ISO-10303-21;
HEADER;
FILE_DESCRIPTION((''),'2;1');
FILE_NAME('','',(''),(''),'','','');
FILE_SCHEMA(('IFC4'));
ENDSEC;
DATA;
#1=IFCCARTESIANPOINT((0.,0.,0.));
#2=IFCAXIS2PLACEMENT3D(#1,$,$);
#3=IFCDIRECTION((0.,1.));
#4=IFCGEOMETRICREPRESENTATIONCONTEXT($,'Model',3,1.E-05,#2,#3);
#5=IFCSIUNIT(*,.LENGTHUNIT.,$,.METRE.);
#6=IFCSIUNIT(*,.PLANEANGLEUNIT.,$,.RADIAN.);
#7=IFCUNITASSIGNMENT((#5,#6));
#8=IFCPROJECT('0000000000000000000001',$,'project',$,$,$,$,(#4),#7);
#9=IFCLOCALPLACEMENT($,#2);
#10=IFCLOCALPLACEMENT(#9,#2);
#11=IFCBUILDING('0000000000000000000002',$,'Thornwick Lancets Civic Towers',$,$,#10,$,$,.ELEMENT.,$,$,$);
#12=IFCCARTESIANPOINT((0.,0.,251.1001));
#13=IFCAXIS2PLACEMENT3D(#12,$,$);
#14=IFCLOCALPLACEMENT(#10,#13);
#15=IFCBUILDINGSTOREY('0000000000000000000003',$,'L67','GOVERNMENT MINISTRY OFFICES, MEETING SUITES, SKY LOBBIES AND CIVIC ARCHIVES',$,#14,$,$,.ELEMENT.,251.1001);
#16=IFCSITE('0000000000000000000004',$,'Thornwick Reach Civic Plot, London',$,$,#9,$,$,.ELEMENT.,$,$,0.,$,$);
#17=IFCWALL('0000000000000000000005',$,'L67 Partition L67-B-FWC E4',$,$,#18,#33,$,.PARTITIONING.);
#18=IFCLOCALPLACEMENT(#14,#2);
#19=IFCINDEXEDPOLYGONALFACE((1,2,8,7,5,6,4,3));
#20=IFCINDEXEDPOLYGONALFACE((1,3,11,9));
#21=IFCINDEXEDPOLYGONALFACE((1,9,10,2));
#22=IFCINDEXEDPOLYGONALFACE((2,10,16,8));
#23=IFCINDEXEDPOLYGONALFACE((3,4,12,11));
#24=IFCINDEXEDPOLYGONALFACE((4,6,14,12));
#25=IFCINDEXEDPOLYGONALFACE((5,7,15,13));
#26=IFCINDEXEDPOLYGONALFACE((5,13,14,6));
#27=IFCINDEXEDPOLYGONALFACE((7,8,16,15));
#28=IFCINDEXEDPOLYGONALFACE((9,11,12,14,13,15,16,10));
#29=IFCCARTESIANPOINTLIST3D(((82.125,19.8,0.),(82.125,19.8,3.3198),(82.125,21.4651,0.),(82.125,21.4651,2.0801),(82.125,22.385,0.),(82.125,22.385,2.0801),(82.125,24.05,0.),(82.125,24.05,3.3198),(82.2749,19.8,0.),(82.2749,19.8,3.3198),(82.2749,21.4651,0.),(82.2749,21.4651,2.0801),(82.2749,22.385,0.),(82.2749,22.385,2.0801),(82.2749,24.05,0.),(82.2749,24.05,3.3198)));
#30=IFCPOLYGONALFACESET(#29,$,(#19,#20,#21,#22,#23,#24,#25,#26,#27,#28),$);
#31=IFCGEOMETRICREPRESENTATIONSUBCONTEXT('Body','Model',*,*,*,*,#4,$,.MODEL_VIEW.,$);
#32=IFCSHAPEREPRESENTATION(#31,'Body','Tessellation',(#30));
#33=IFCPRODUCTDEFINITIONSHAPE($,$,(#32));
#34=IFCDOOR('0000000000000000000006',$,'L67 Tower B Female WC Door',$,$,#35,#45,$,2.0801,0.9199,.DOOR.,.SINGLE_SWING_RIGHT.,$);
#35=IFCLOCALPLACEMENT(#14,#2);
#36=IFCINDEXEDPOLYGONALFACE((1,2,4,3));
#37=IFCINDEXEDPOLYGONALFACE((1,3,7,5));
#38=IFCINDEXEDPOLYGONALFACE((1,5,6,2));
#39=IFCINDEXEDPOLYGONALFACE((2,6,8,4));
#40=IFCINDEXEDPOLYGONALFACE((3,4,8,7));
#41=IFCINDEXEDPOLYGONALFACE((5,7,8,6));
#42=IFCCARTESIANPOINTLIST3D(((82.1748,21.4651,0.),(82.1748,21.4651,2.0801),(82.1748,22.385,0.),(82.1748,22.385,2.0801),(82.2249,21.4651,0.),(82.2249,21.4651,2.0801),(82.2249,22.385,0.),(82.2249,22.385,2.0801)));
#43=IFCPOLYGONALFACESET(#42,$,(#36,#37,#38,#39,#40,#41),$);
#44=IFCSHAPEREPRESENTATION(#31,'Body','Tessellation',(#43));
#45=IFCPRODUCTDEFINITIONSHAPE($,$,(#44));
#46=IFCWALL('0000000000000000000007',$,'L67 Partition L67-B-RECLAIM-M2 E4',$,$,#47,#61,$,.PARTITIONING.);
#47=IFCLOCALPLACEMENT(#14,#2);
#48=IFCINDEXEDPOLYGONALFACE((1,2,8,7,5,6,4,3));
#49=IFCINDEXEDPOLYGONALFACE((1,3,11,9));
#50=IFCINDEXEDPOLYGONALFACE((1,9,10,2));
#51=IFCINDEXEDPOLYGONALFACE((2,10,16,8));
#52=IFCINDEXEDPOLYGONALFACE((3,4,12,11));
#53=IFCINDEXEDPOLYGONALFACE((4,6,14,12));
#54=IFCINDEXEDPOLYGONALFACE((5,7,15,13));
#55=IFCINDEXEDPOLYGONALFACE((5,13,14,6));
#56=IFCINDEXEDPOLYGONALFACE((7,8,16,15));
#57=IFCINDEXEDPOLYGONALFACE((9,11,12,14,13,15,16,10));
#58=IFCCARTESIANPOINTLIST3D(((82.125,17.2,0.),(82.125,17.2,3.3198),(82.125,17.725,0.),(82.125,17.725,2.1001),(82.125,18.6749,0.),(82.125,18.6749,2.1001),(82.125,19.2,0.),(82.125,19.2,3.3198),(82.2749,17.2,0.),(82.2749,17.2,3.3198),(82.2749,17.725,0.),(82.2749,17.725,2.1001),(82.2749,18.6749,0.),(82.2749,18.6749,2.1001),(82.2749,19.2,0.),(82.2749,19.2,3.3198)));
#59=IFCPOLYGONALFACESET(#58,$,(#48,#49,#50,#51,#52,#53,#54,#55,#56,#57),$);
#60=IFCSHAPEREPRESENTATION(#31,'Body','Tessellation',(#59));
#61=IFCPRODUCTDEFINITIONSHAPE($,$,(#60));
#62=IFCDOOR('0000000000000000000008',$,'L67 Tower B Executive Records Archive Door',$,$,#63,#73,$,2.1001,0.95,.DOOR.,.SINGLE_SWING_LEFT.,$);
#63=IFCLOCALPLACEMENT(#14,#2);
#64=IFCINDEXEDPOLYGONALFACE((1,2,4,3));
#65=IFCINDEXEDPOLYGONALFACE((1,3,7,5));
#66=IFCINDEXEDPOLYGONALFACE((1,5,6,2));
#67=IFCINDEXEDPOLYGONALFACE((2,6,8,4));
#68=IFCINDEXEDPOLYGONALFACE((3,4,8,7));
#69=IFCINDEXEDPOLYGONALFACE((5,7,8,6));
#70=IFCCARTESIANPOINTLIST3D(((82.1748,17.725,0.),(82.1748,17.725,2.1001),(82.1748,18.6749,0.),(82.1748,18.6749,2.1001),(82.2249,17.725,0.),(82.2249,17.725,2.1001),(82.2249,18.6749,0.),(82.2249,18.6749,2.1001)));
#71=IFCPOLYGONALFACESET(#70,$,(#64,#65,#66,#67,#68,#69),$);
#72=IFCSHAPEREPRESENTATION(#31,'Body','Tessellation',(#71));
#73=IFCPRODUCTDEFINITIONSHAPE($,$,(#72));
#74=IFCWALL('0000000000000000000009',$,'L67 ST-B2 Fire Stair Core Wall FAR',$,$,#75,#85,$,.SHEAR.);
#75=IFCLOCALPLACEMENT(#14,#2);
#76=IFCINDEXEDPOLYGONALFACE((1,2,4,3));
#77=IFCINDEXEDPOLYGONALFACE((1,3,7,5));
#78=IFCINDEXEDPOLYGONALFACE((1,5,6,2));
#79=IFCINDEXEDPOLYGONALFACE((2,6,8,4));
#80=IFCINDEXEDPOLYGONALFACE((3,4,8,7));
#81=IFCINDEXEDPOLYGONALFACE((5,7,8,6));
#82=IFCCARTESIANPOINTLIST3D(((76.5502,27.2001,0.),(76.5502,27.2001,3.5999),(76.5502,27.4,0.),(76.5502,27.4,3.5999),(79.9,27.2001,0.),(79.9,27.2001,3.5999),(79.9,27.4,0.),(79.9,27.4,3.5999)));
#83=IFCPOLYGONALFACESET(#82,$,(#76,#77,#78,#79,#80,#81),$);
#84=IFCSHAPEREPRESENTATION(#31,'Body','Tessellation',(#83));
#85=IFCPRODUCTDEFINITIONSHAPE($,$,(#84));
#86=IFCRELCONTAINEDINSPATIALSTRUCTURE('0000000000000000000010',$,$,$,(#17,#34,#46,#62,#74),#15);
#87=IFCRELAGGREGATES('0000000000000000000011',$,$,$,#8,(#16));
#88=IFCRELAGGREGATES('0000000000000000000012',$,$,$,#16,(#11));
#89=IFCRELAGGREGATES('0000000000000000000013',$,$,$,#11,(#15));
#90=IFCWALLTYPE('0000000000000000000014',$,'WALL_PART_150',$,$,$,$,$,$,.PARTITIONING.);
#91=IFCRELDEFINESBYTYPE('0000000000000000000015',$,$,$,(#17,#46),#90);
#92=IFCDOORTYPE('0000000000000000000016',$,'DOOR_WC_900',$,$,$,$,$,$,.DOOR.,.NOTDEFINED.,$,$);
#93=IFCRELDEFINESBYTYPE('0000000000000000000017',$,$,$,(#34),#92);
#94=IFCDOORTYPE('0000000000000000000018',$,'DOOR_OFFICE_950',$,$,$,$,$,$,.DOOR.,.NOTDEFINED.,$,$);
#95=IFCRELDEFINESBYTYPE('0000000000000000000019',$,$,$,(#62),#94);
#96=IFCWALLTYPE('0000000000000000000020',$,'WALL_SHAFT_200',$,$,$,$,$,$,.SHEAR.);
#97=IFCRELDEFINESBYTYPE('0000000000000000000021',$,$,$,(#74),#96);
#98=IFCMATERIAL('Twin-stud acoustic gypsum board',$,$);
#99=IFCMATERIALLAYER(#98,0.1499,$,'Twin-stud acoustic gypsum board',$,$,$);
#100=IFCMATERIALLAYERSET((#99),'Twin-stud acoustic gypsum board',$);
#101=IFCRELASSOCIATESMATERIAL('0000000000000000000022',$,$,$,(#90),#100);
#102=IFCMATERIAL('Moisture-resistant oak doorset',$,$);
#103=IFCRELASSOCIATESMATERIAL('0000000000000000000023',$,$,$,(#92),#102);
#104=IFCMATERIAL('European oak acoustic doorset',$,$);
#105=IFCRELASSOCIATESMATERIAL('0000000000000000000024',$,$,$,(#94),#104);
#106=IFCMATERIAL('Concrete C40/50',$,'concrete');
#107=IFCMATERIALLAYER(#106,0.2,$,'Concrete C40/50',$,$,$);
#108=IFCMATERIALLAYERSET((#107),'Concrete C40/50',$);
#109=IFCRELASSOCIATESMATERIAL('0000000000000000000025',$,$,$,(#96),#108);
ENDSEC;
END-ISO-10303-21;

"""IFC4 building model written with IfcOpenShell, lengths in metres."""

from ifc_helpers import new_model, si_unit, direction, frame, frame_2d, origin, place, context, subcontext, project, spatial, rectangle, extrude, material, layer, layer_set, type_object, element, fill, save


model = new_model("IFC4")

# Units and contexts
model_context = context("Model", 3, precision=1e-05, world=origin(), true_north=direction((0.0, 1.0)))
body_context = subcontext(model_context, "Body", "Model", "MODEL_VIEW")
ifc_project = project(units=[si_unit("LENGTHUNIT", "METRE"), si_unit("PLANEANGLEUNIT", "RADIAN")], contexts=[model_context])

# Site, building, storey
site_placement = place(None, origin())
site = spatial("IfcSite", under=ifc_project, at=site_placement, Name="Thornwick Reach Civic Plot, London", CompositionType="ELEMENT", RefElevation=0.0)
building_placement = place(site_placement, origin())
building = spatial("IfcBuilding", under=site, at=building_placement, Name="Thornwick Lancets Civic Towers", CompositionType="ELEMENT")
storey_placement = place(building_placement, frame((0.0, 0.0, 251.1001)))
storey = spatial("IfcBuildingStorey", under=building, at=storey_placement, Name="L67", Description="GOVERNMENT MINISTRY OFFICES, MEETING SUITES, SKY LOBBIES AND CIVIC ARCHIVES", CompositionType="ELEMENT", Elevation=251.1001)

# Shared definitions
ifc_material_1 = material(Name="Twin-stud acoustic gypsum board")
ifc_layer_1 = layer(ifc_material_1, 0.1499, Name="Twin-stud acoustic gypsum board")
ifc_layer_set_1 = layer_set([ifc_layer_1], Name="Twin-stud acoustic gypsum board")
wall_type_1 = type_object("IfcWallType", Name="WALL_PART_150", PredefinedType="PARTITIONING", material=ifc_layer_set_1)

# Walls, openings, doors
wall_1_placement = place(storey_placement, frame((82.2, 24.05, 0.0), z_axis=(0.0, 0.0, 1.0), x_axis=(0.0, -1.0, 0.0)))
wall_1 = element("IfcWall", 1, at=wall_1_placement, inside=storey, type_object=wall_type_1, Name="L67 Partition L67-B-FWC E4", PredefinedType="PARTITIONING", context=body_context, shape_type="SweptSolid", body=[
    extrude(rectangle(XDim=4.25, YDim=0.1499, at=frame_2d((2.125, 0.0))), origin(), (0.0, 0.0, 1.0), 3.3198),
])
opening_1_placement = place(wall_1_placement, frame((1.665, 0.0, 0.0)))
opening_1 = element("IfcOpeningElement", 2, at=opening_1_placement, cuts=wall_1, PredefinedType="OPENING", context=body_context, shape_type="SweptSolid", body=[
    extrude(rectangle(XDim=0.9199, YDim=2.0801, at=frame_2d((0.46, 1.04))), frame((0.0, 0.085, 0.0), z_axis=(0.0, -1.0, 0.0), x_axis=(1.0, 0.0, 0.0)), (0.0, 0.0, 1.0), 0.1699),
])
ifc_material_2 = material(Name="Moisture-resistant oak doorset")
door_type_1 = type_object("IfcDoorType", Name="DOOR_WC_900", OperationType="NOTDEFINED", PredefinedType="DOOR", material=ifc_material_2)
door_1_placement = place(opening_1_placement, origin())
door_1 = element("IfcDoor", 3, at=door_1_placement, inside=storey, type_object=door_type_1, Name="L67 Tower B Female WC Door", OperationType="SINGLE_SWING_RIGHT", OverallHeight=2.0801, OverallWidth=0.9199, PredefinedType="DOOR", context=body_context, shape_type="SweptSolid", body=[
    extrude(rectangle(XDim=0.9199, YDim=2.0801, at=frame_2d((0.46, 1.04))), frame((0.0, 0.0249, 0.0), z_axis=(0.0, -1.0, 0.0), x_axis=(1.0, 0.0, 0.0)), (0.0, 0.0, 1.0), 0.05),
])
fill(opening_1, door_1)
wall_2_placement = place(storey_placement, frame((82.2, 19.2, 0.0), z_axis=(0.0, 0.0, 1.0), x_axis=(0.0, -1.0, 0.0)))
wall_2 = element("IfcWall", 4, at=wall_2_placement, inside=storey, type_object=wall_type_1, Name="L67 Partition L67-B-RECLAIM-M2 E4", PredefinedType="PARTITIONING", context=body_context, shape_type="SweptSolid", body=[
    extrude(rectangle(XDim=2.0, YDim=0.1499, at=frame_2d((1.0, 0.0))), origin(), (0.0, 0.0, 1.0), 3.3198),
])
opening_2_placement = place(wall_2_placement, frame((0.5249, 0.0, 0.0)))
opening_2 = element("IfcOpeningElement", 5, at=opening_2_placement, cuts=wall_2, PredefinedType="OPENING", context=body_context, shape_type="SweptSolid", body=[
    extrude(rectangle(XDim=0.95, YDim=2.1001, at=frame_2d((0.4751, 1.05))), frame((0.0, 0.085, 0.0), z_axis=(0.0, -1.0, 0.0), x_axis=(1.0, 0.0, 0.0)), (0.0, 0.0, 1.0), 0.1699),
])
ifc_material_3 = material(Name="European oak acoustic doorset")
door_type_2 = type_object("IfcDoorType", Name="DOOR_OFFICE_950", OperationType="NOTDEFINED", PredefinedType="DOOR", material=ifc_material_3)
door_2_placement = place(opening_2_placement, origin())
door_2 = element("IfcDoor", 6, at=door_2_placement, inside=storey, type_object=door_type_2, Name="L67 Tower B Executive Records Archive Door", OperationType="SINGLE_SWING_LEFT", OverallHeight=2.1001, OverallWidth=0.95, PredefinedType="DOOR", context=body_context, shape_type="SweptSolid", body=[
    extrude(rectangle(XDim=0.95, YDim=2.1001, at=frame_2d((0.4751, 1.05))), frame((0.0, 0.0249, 0.0), z_axis=(0.0, -1.0, 0.0), x_axis=(1.0, 0.0, 0.0)), (0.0, 0.0, 1.0), 0.05),
])
fill(opening_2, door_2)

# Wall
ifc_material_4 = material(Name="Concrete C40/50", Category="concrete")
ifc_layer_2 = layer(ifc_material_4, 0.2, Name="Concrete C40/50")
ifc_layer_set_2 = layer_set([ifc_layer_2], Name="Concrete C40/50")
wall_type_2 = type_object("IfcWallType", Name="WALL_SHAFT_200", PredefinedType="SHEAR", material=ifc_layer_set_2)
wall_3_placement = place(storey_placement, frame((79.8999, 27.3, 0.0), z_axis=(0.0, 0.0, 1.0), x_axis=(-1.0, 0.0, 0.0)))
element("IfcWall", 7, at=wall_3_placement, inside=storey, type_object=wall_type_2, Name="L67 ST-B2 Fire Stair Core Wall FAR", PredefinedType="SHEAR", context=body_context, shape_type="SweptSolid", body=[
    extrude(rectangle(XDim=3.3499, YDim=0.2, at=frame_2d((1.6748, 0.0))), origin(), (0.0, 0.0, 1.0), 3.5999),
])

save(model, "model.ifc")
